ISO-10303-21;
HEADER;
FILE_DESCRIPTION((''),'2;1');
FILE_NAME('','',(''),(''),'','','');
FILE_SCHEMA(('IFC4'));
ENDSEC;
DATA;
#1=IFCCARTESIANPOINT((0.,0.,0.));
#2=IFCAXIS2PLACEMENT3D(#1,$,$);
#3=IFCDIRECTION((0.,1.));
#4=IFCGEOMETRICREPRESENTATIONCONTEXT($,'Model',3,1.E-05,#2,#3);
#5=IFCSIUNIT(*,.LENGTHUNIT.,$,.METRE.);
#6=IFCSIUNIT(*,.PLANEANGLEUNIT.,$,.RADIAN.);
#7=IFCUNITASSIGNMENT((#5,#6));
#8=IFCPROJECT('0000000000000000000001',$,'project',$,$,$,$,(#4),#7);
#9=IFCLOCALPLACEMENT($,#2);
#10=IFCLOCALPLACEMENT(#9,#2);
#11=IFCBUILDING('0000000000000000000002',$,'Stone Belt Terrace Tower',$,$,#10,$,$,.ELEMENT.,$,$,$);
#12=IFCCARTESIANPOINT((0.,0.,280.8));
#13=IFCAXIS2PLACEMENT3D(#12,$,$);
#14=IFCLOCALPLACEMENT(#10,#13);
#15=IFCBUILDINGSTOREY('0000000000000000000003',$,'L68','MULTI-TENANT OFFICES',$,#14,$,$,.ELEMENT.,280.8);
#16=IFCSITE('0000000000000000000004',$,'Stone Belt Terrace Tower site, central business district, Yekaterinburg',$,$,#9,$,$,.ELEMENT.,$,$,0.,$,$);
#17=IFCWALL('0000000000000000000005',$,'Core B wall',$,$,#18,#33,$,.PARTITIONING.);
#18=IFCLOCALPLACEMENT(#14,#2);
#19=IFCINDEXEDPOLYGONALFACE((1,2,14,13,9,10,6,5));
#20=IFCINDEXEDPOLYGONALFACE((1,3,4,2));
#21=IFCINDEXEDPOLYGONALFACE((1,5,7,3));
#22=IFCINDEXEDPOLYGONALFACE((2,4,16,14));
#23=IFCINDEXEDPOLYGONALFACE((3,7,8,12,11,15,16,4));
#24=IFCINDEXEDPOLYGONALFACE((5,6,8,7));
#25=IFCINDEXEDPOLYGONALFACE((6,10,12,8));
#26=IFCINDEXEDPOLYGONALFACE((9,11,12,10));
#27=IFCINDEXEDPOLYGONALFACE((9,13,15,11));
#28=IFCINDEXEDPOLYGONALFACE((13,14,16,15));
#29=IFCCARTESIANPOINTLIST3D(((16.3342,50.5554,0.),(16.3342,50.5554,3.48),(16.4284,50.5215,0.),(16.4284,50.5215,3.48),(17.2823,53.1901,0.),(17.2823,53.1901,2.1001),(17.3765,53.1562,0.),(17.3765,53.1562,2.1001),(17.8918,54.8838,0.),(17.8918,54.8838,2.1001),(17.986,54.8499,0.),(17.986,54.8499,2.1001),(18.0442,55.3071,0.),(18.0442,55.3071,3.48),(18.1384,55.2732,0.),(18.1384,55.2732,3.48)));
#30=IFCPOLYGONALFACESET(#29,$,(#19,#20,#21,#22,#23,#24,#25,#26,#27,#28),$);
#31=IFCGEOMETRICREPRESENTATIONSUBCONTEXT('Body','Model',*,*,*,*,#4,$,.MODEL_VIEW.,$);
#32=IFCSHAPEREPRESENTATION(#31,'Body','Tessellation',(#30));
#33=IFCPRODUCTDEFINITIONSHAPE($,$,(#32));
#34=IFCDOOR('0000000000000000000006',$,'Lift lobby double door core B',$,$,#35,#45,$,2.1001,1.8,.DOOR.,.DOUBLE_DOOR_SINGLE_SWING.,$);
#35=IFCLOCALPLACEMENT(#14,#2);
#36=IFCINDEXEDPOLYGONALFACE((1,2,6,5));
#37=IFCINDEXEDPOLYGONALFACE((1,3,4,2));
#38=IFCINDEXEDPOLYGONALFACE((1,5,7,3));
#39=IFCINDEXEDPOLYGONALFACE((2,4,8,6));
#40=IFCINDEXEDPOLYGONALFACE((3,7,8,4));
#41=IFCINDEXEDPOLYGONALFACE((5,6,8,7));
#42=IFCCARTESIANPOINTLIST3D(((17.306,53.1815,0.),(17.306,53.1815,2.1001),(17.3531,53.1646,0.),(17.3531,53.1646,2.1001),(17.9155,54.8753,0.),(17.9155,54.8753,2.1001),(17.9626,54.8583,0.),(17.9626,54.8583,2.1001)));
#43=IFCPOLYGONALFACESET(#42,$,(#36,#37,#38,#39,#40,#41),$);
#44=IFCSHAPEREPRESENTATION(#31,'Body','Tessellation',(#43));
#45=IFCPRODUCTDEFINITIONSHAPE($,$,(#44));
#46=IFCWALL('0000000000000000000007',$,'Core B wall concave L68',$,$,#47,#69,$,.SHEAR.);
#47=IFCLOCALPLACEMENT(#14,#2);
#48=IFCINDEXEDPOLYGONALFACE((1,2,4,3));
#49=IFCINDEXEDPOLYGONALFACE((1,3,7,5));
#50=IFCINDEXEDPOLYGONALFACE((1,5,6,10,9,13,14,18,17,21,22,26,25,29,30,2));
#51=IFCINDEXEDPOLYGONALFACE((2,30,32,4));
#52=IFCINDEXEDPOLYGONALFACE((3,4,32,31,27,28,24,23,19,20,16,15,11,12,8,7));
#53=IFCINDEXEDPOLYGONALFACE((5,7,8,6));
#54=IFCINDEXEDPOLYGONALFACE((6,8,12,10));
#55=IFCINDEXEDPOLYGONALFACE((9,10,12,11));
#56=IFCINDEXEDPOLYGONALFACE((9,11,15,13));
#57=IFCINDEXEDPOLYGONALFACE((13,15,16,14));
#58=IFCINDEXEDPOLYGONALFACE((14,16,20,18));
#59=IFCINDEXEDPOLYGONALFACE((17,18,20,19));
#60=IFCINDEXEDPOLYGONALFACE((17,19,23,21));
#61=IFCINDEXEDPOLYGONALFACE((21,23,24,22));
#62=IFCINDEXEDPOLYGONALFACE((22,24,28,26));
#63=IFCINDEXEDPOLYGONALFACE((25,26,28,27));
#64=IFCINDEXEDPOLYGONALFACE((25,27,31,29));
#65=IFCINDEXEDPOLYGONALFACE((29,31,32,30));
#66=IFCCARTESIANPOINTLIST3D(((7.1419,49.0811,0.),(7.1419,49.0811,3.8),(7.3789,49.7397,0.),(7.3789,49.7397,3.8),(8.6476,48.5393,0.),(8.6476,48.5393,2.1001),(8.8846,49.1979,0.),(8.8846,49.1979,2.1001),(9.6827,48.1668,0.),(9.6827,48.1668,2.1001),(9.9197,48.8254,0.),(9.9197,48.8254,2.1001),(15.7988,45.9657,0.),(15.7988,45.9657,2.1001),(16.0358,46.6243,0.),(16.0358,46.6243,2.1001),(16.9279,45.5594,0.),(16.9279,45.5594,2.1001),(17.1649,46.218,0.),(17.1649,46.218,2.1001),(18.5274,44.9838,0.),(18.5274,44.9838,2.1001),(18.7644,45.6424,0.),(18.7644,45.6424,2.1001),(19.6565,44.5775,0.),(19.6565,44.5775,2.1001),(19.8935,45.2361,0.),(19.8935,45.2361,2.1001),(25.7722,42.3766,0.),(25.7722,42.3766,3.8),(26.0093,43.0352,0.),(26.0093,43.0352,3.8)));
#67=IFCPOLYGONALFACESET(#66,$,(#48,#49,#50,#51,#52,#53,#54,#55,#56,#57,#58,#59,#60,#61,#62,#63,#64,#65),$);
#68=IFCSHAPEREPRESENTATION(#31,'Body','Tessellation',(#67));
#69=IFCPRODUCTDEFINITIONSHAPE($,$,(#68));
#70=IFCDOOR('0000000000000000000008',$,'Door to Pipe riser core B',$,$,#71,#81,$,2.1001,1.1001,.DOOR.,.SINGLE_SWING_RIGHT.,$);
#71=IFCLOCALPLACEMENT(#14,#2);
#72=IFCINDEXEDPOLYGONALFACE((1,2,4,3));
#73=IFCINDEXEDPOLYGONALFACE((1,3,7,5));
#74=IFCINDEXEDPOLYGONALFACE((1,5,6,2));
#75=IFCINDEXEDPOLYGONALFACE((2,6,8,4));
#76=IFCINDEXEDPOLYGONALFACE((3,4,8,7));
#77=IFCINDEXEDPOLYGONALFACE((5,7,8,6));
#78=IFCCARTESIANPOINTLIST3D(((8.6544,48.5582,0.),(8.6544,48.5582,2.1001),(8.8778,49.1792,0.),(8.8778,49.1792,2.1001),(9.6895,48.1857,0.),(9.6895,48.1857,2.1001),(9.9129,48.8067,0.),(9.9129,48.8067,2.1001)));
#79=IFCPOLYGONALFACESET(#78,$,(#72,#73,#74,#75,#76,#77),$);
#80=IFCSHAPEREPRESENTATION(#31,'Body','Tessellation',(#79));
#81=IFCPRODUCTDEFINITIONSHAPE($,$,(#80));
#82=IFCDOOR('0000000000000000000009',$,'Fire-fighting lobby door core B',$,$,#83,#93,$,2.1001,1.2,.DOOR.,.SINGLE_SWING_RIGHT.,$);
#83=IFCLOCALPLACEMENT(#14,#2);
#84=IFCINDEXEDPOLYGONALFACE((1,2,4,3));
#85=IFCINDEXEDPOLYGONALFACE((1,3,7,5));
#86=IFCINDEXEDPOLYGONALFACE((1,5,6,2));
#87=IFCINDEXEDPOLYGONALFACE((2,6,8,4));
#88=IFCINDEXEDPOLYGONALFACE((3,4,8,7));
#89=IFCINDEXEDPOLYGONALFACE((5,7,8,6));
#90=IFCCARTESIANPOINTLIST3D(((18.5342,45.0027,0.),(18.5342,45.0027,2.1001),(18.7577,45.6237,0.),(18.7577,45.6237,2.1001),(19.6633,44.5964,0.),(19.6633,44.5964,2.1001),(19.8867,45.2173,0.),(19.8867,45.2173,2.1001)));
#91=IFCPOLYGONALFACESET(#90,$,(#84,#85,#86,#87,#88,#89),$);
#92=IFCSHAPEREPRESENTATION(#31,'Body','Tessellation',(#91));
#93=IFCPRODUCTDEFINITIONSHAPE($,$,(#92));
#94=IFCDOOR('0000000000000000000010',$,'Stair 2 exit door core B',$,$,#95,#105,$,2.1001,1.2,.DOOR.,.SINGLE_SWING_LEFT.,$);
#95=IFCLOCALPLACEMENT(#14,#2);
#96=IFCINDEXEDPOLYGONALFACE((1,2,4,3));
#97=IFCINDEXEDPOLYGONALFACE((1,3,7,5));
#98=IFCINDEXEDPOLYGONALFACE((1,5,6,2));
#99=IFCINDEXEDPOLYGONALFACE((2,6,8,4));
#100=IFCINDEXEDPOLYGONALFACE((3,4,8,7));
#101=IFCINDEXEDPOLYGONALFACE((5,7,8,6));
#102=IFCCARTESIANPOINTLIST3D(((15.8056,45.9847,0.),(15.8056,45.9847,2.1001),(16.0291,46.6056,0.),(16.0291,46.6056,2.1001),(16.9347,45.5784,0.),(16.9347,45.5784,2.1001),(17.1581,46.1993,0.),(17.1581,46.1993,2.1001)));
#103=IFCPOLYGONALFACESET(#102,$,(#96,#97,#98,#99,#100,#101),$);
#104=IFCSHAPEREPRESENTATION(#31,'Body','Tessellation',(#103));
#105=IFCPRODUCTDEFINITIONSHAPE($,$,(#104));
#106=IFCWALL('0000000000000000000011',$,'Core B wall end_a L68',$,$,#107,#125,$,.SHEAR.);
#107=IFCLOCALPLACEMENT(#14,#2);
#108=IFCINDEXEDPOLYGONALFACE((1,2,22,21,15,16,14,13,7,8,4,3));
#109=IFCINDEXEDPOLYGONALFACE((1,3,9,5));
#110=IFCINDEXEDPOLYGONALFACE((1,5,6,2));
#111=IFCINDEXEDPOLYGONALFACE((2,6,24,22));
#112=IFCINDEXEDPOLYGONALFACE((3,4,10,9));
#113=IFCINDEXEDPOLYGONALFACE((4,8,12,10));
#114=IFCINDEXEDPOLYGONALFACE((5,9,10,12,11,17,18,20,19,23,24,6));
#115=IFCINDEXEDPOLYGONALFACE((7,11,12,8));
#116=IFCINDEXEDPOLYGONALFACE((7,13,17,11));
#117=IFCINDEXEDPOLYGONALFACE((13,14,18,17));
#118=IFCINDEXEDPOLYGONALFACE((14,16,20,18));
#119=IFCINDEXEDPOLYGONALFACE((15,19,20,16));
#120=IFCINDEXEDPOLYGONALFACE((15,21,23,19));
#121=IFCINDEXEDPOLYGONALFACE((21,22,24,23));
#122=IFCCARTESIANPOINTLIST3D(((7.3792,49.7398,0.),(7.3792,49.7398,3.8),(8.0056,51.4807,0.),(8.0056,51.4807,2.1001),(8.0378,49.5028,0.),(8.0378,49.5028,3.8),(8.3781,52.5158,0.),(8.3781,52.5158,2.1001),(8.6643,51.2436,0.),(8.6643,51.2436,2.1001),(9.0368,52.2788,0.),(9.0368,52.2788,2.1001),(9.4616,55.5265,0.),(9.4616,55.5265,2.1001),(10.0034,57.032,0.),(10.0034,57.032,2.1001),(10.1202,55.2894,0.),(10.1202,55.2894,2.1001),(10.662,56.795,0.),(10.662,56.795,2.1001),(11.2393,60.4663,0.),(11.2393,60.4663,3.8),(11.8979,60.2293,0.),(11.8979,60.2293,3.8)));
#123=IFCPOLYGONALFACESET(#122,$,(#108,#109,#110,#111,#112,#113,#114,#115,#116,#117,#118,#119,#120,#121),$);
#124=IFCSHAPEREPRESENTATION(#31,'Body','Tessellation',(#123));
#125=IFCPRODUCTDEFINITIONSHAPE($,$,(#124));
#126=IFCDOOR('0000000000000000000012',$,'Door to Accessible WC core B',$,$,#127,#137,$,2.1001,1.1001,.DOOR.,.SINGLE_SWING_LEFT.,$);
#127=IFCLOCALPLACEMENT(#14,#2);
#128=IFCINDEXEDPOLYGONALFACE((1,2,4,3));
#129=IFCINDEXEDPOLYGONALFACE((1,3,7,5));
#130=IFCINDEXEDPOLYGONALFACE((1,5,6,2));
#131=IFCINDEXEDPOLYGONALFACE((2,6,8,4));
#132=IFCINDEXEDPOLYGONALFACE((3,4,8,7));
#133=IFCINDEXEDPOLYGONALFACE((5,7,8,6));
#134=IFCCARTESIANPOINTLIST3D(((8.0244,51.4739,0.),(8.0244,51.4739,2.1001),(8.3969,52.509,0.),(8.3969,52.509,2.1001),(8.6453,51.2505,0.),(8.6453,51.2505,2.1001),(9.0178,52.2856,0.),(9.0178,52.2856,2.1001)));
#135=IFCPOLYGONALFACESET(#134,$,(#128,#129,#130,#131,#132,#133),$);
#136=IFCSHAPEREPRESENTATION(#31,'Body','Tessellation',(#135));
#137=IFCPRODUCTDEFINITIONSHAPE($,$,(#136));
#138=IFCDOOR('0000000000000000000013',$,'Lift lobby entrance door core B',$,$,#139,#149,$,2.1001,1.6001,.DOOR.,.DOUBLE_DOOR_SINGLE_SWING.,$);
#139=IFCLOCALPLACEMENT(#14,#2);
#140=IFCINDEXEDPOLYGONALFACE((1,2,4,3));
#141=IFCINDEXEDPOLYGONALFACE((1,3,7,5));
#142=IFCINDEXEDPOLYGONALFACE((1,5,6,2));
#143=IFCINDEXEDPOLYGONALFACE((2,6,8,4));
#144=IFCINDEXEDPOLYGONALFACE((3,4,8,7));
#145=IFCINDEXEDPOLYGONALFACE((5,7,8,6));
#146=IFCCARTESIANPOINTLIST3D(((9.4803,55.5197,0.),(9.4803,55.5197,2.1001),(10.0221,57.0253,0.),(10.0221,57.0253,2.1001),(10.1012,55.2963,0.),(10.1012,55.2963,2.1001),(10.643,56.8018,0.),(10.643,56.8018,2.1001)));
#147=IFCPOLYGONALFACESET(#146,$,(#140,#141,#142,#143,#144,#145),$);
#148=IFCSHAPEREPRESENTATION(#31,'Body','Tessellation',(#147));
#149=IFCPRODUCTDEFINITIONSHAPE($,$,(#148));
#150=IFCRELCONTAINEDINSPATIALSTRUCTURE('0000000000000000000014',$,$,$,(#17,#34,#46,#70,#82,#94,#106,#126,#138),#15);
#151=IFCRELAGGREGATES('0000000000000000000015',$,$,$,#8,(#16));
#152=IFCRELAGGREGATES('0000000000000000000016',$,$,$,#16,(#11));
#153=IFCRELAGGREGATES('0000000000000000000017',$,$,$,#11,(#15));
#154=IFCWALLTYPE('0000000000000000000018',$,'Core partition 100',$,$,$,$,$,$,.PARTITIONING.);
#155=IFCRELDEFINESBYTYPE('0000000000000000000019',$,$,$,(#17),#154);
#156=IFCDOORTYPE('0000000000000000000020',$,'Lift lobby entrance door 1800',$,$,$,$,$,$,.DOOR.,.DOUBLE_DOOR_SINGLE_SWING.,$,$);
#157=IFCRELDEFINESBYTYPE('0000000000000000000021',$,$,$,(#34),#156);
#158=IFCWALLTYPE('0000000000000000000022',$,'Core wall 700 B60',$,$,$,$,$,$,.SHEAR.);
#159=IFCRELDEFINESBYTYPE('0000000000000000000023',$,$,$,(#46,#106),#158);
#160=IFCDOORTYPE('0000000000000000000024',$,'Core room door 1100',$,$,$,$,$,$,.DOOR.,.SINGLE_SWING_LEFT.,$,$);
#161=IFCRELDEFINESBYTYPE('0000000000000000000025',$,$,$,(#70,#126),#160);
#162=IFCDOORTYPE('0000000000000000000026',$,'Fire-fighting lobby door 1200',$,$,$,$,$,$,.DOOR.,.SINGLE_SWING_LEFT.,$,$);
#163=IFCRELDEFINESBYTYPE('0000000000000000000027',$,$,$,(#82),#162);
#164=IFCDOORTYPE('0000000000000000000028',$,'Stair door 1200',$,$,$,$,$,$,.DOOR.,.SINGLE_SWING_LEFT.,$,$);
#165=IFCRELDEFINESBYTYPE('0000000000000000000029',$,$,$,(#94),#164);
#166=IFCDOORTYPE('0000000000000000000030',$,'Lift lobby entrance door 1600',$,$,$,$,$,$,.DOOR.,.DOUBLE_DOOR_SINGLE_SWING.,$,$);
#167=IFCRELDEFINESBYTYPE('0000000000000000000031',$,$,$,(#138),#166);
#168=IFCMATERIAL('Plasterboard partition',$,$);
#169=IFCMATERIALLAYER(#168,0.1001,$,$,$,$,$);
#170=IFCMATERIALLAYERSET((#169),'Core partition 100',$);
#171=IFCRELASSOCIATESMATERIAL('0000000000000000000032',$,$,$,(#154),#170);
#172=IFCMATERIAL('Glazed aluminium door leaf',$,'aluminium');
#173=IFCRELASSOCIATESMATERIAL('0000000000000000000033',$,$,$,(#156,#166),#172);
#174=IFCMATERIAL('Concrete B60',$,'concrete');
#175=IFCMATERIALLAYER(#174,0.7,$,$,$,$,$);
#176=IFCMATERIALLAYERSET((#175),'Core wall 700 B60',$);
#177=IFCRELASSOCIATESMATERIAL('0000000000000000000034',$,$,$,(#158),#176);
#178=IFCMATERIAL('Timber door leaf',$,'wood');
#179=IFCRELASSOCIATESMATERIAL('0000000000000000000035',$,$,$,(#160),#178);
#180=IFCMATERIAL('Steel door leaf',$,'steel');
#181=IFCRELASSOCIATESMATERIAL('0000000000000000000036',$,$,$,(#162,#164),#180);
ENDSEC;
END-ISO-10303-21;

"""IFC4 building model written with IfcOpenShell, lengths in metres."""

from ifc_helpers import new_model, si_unit, direction, frame, frame_2d, origin, place, context, subcontext, project, spatial, rectangle, extrude, material, layer, layer_set, type_object, element, fill, save


model = new_model("IFC4")

# Units and contexts
model_context = context("Model", 3, precision=1e-05, world=origin(), true_north=direction((0.0, 1.0)))
body_context = subcontext(model_context, "Body", "Model", "MODEL_VIEW")
ifc_project = project(units=[si_unit("LENGTHUNIT", "METRE"), si_unit("PLANEANGLEUNIT", "RADIAN")], contexts=[model_context])

# Site, building, storey
site_placement = place(None, origin())
site = spatial("IfcSite", under=ifc_project, at=site_placement, Name="Stone Belt Terrace Tower site, central business district, Yekaterinburg", CompositionType="ELEMENT", RefElevation=0.0)
building_placement = place(site_placement, origin())
building = spatial("IfcBuilding", under=site, at=building_placement, Name="Stone Belt Terrace Tower", CompositionType="ELEMENT")
storey_placement = place(building_placement, frame((0.0, 0.0, 280.8)))
storey = spatial("IfcBuildingStorey", under=building, at=storey_placement, Name="L68", Description="MULTI-TENANT OFFICES", CompositionType="ELEMENT", Elevation=280.8)

# Wall, opening, door
ifc_material_1 = material(Name="Plasterboard partition")
ifc_layer_1 = layer(ifc_material_1, 0.1001)
ifc_layer_set_1 = layer_set([ifc_layer_1], Name="Core partition 100")
wall_type_1 = type_object("IfcWallType", Name="Core partition 100", PredefinedType="PARTITIONING", material=ifc_layer_set_1)
wall_1_placement = place(storey_placement, frame((16.3813, 50.5386, 0.0), z_axis=(0.0, 0.0, 1.0), x_axis=(0.338605, 0.940929, 0.0)))
wall_1 = element("IfcWall", 1, at=wall_1_placement, inside=storey, type_object=wall_type_1, Name="Core B wall", PredefinedType="PARTITIONING", context=body_context, shape_type="SweptSolid", body=[
    extrude(rectangle(XDim=5.05, YDim=0.1001, at=frame_2d((2.5249, 0.0))), origin(), (0.0, 0.0, 1.0), 3.48),
])
opening_1_placement = place(wall_1_placement, frame((2.8, 0.0, 0.0)))
opening_1 = element("IfcOpeningElement", 2, at=opening_1_placement, cuts=wall_1, PredefinedType="OPENING", context=body_context, shape_type="SweptSolid", body=[
    extrude(rectangle(XDim=1.8, YDim=2.1001, at=frame_2d((0.8999, 1.05))), frame((0.0, 0.0601, 0.0), z_axis=(0.0, -1.0, 0.0), x_axis=(1.0, 0.0, 0.0)), (0.0, 0.0, 1.0), 0.1201),
])
ifc_material_2 = material(Name="Glazed aluminium door leaf", Category="aluminium")
door_type_1 = type_object("IfcDoorType", Name="Lift lobby entrance door 1800", OperationType="DOUBLE_DOOR_SINGLE_SWING", PredefinedType="DOOR", material=ifc_material_2)
door_1_placement = place(opening_1_placement, origin())
door_1 = element("IfcDoor", 3, at=door_1_placement, inside=storey, type_object=door_type_1, Name="Lift lobby double door core B", OperationType="DOUBLE_DOOR_SINGLE_SWING", OverallHeight=2.1001, OverallWidth=1.8, PredefinedType="DOOR", context=body_context, shape_type="SweptSolid", body=[
    extrude(rectangle(XDim=1.8, YDim=2.1001, at=frame_2d((0.8999, 1.05))), frame((0.0, 0.0249, 0.0), z_axis=(0.0, -1.0, 0.0), x_axis=(1.0, 0.0, 0.0)), (0.0, 0.0, 1.0), 0.05),
])
fill(opening_1, door_1)

# Walls, openings, doors
ifc_material_3 = material(Name="Concrete B60", Category="concrete")
ifc_layer_2 = layer(ifc_material_3, 0.7)
ifc_layer_set_2 = layer_set([ifc_layer_2], Name="Core wall 700 B60")
wall_type_2 = type_object("IfcWallType", Name="Core wall 700 B60", PredefinedType="SHEAR", material=ifc_layer_set_2)
wall_2_placement = place(storey_placement, frame((7.2605, 49.4104, 0.0), z_axis=(0.0, 0.0, 1.0), x_axis=(0.940925, -0.338615, 0.0)))
wall_2 = element("IfcWall", 4, at=wall_2_placement, inside=storey, type_object=wall_type_2, Name="Core B wall concave L68", PredefinedType="SHEAR", context=body_context, shape_type="SweptSolid", body=[
    extrude(rectangle(XDim=19.8, YDim=0.7, at=frame_2d((9.8999, 0.0))), origin(), (0.0, 0.0, 1.0), 3.8),
])
opening_2_placement = place(wall_2_placement, frame((12.1001, 0.0, 0.0)))
opening_2 = element("IfcOpeningElement", 5, at=opening_2_placement, cuts=wall_2, PredefinedType="OPENING", context=body_context, shape_type="SweptSolid", body=[
    extrude(rectangle(XDim=1.2, YDim=2.1001, at=frame_2d((0.6001, 1.05))), frame((0.0, 0.3599, 0.0), z_axis=(0.0, -1.0, 0.0), x_axis=(1.0, 0.0, 0.0)), (0.0, 0.0, 1.0), 0.72),
])
opening_3_placement = place(wall_2_placement, frame((9.2002, 0.0, 0.0)))
opening_3 = element("IfcOpeningElement", 6, at=opening_3_placement, cuts=wall_2, PredefinedType="OPENING", context=body_context, shape_type="SweptSolid", body=[
    extrude(rectangle(XDim=1.2, YDim=2.1001, at=frame_2d((0.6001, 1.05))), frame((0.0, 0.3599, 0.0), z_axis=(0.0, -1.0, 0.0), x_axis=(1.0, 0.0, 0.0)), (0.0, 0.0, 1.0), 0.72),
])
opening_4_placement = place(wall_2_placement, frame((1.6001, 0.0, 0.0)))
opening_4 = element("IfcOpeningElement", 7, at=opening_4_placement, cuts=wall_2, PredefinedType="OPENING", context=body_context, shape_type="SweptSolid", body=[
    extrude(rectangle(XDim=1.1001, YDim=2.1001, at=frame_2d((0.55, 1.05))), frame((0.0, 0.3599, 0.0), z_axis=(0.0, -1.0, 0.0), x_axis=(1.0, 0.0, 0.0)), (0.0, 0.0, 1.0), 0.72),
])
ifc_material_4 = material(Name="Timber door leaf", Category="wood")
door_type_2 = type_object("IfcDoorType", Name="Core room door 1100", OperationType="SINGLE_SWING_LEFT", PredefinedType="DOOR", material=ifc_material_4)
door_2_placement = place(opening_4_placement, origin())
door_2 = element("IfcDoor", 8, at=door_2_placement, inside=storey, type_object=door_type_2, Name="Door to Pipe riser core B", OperationType="SINGLE_SWING_RIGHT", OverallHeight=2.1001, OverallWidth=1.1001, PredefinedType="DOOR", context=body_context, shape_type="SweptSolid", body=[
    extrude(rectangle(XDim=1.1001, YDim=2.1001, at=frame_2d((0.55, 1.05))), frame((0.0, 0.3301, 0.0), z_axis=(0.0, -1.0, 0.0), x_axis=(1.0, 0.0, 0.0)), (0.0, 0.0, 1.0), 0.6599),
])
fill(opening_4, door_2)
ifc_material_5 = material(Name="Steel door leaf", Category="steel")
door_type_3 = type_object("IfcDoorType", Name="Fire-fighting lobby door 1200", OperationType="SINGLE_SWING_LEFT", PredefinedType="DOOR", material=ifc_material_5)
door_3_placement = place(opening_2_placement, origin())
door_3 = element("IfcDoor", 9, at=door_3_placement, inside=storey, type_object=door_type_3, Name="Fire-fighting lobby door core B", OperationType="SINGLE_SWING_RIGHT", OverallHeight=2.1001, OverallWidth=1.2, PredefinedType="DOOR", context=body_context, shape_type="SweptSolid", body=[
    extrude(rectangle(XDim=1.2, YDim=2.1001, at=frame_2d((0.6001, 1.05))), frame((0.0, 0.3301, 0.0), z_axis=(0.0, -1.0, 0.0), x_axis=(1.0, 0.0, 0.0)), (0.0, 0.0, 1.0), 0.6599),
])
fill(opening_2, door_3)
door_type_4 = type_object("IfcDoorType", Name="Stair door 1200", OperationType="SINGLE_SWING_LEFT", PredefinedType="DOOR", material=ifc_material_5)
door_4_placement = place(opening_3_placement, origin())
door_4 = element("IfcDoor", 10, at=door_4_placement, inside=storey, type_object=door_type_4, Name="Stair 2 exit door core B", OperationType="SINGLE_SWING_LEFT", OverallHeight=2.1001, OverallWidth=1.2, PredefinedType="DOOR", context=body_context, shape_type="SweptSolid", body=[
    extrude(rectangle(XDim=1.2, YDim=2.1001, at=frame_2d((0.6001, 1.05))), frame((0.0, 0.3301, 0.0), z_axis=(0.0, -1.0, 0.0), x_axis=(1.0, 0.0, 0.0)), (0.0, 0.0, 1.0), 0.6599),
])
fill(opening_3, door_4)
wall_3_placement = place(storey_placement, frame((7.7085, 49.6213, 0.0), z_axis=(0.0, 0.0, 1.0), x_axis=(0.338606, 0.940928, 0.0)))
wall_3 = element("IfcWall", 11, at=wall_3_placement, inside=storey, type_object=wall_type_2, Name="Core B wall end_a L68", PredefinedType="SHEAR", context=body_context, shape_type="SweptSolid", body=[
    extrude(rectangle(XDim=11.3999, YDim=0.7, at=frame_2d((5.7, 0.0))), origin(), (0.0, 0.0, 1.0), 3.8),
])
opening_5_placement = place(wall_3_placement, frame((6.1499, 0.0, 0.0)))
opening_5 = element("IfcOpeningElement", 12, at=opening_5_placement, cuts=wall_3, PredefinedType="OPENING", context=body_context, shape_type="SweptSolid", body=[
    extrude(rectangle(XDim=1.6001, YDim=2.1001, at=frame_2d((0.8, 1.05))), frame((0.0, 0.3599, 0.0), z_axis=(0.0, -1.0, 0.0), x_axis=(1.0, 0.0, 0.0)), (0.0, 0.0, 1.0), 0.72),
])
opening_6_placement = place(wall_3_placement, frame((1.8501, 0.0, 0.0)))
opening_6 = element("IfcOpeningElement", 13, at=opening_6_placement, cuts=wall_3, PredefinedType="OPENING", context=body_context, shape_type="SweptSolid", body=[
    extrude(rectangle(XDim=1.1001, YDim=2.1001, at=frame_2d((0.55, 1.05))), frame((0.0, 0.3599, 0.0), z_axis=(0.0, -1.0, 0.0), x_axis=(1.0, 0.0, 0.0)), (0.0, 0.0, 1.0), 0.72),
])
door_5_placement = place(opening_6_placement, origin())
door_5 = element("IfcDoor", 14, at=door_5_placement, inside=storey, type_object=door_type_2, Name="Door to Accessible WC core B", OperationType="SINGLE_SWING_LEFT", OverallHeight=2.1001, OverallWidth=1.1001, PredefinedType="DOOR", context=body_context, shape_type="SweptSolid", body=[
    extrude(rectangle(XDim=1.1001, YDim=2.1001, at=frame_2d((0.55, 1.05))), frame((0.0, 0.3301, 0.0), z_axis=(0.0, -1.0, 0.0), x_axis=(1.0, 0.0, 0.0)), (0.0, 0.0, 1.0), 0.6599),
])
fill(opening_6, door_5)
door_type_5 = type_object("IfcDoorType", Name="Lift lobby entrance door 1600", OperationType="DOUBLE_DOOR_SINGLE_SWING", PredefinedType="DOOR", material=ifc_material_2)
door_6_placement = place(opening_5_placement, origin())
door_6 = element("IfcDoor", 15, at=door_6_placement, inside=storey, type_object=door_type_5, Name="Lift lobby entrance door core B", OperationType="DOUBLE_DOOR_SINGLE_SWING", OverallHeight=2.1001, OverallWidth=1.6001, PredefinedType="DOOR", context=body_context, shape_type="SweptSolid", body=[
    extrude(rectangle(XDim=1.6001, YDim=2.1001, at=frame_2d((0.8, 1.05))), frame((0.0, 0.3301, 0.0), z_axis=(0.0, -1.0, 0.0), x_axis=(1.0, 0.0, 0.0)), (0.0, 0.0, 1.0), 0.6599),
])
fill(opening_5, door_6)

save(model, "model.ifc")
